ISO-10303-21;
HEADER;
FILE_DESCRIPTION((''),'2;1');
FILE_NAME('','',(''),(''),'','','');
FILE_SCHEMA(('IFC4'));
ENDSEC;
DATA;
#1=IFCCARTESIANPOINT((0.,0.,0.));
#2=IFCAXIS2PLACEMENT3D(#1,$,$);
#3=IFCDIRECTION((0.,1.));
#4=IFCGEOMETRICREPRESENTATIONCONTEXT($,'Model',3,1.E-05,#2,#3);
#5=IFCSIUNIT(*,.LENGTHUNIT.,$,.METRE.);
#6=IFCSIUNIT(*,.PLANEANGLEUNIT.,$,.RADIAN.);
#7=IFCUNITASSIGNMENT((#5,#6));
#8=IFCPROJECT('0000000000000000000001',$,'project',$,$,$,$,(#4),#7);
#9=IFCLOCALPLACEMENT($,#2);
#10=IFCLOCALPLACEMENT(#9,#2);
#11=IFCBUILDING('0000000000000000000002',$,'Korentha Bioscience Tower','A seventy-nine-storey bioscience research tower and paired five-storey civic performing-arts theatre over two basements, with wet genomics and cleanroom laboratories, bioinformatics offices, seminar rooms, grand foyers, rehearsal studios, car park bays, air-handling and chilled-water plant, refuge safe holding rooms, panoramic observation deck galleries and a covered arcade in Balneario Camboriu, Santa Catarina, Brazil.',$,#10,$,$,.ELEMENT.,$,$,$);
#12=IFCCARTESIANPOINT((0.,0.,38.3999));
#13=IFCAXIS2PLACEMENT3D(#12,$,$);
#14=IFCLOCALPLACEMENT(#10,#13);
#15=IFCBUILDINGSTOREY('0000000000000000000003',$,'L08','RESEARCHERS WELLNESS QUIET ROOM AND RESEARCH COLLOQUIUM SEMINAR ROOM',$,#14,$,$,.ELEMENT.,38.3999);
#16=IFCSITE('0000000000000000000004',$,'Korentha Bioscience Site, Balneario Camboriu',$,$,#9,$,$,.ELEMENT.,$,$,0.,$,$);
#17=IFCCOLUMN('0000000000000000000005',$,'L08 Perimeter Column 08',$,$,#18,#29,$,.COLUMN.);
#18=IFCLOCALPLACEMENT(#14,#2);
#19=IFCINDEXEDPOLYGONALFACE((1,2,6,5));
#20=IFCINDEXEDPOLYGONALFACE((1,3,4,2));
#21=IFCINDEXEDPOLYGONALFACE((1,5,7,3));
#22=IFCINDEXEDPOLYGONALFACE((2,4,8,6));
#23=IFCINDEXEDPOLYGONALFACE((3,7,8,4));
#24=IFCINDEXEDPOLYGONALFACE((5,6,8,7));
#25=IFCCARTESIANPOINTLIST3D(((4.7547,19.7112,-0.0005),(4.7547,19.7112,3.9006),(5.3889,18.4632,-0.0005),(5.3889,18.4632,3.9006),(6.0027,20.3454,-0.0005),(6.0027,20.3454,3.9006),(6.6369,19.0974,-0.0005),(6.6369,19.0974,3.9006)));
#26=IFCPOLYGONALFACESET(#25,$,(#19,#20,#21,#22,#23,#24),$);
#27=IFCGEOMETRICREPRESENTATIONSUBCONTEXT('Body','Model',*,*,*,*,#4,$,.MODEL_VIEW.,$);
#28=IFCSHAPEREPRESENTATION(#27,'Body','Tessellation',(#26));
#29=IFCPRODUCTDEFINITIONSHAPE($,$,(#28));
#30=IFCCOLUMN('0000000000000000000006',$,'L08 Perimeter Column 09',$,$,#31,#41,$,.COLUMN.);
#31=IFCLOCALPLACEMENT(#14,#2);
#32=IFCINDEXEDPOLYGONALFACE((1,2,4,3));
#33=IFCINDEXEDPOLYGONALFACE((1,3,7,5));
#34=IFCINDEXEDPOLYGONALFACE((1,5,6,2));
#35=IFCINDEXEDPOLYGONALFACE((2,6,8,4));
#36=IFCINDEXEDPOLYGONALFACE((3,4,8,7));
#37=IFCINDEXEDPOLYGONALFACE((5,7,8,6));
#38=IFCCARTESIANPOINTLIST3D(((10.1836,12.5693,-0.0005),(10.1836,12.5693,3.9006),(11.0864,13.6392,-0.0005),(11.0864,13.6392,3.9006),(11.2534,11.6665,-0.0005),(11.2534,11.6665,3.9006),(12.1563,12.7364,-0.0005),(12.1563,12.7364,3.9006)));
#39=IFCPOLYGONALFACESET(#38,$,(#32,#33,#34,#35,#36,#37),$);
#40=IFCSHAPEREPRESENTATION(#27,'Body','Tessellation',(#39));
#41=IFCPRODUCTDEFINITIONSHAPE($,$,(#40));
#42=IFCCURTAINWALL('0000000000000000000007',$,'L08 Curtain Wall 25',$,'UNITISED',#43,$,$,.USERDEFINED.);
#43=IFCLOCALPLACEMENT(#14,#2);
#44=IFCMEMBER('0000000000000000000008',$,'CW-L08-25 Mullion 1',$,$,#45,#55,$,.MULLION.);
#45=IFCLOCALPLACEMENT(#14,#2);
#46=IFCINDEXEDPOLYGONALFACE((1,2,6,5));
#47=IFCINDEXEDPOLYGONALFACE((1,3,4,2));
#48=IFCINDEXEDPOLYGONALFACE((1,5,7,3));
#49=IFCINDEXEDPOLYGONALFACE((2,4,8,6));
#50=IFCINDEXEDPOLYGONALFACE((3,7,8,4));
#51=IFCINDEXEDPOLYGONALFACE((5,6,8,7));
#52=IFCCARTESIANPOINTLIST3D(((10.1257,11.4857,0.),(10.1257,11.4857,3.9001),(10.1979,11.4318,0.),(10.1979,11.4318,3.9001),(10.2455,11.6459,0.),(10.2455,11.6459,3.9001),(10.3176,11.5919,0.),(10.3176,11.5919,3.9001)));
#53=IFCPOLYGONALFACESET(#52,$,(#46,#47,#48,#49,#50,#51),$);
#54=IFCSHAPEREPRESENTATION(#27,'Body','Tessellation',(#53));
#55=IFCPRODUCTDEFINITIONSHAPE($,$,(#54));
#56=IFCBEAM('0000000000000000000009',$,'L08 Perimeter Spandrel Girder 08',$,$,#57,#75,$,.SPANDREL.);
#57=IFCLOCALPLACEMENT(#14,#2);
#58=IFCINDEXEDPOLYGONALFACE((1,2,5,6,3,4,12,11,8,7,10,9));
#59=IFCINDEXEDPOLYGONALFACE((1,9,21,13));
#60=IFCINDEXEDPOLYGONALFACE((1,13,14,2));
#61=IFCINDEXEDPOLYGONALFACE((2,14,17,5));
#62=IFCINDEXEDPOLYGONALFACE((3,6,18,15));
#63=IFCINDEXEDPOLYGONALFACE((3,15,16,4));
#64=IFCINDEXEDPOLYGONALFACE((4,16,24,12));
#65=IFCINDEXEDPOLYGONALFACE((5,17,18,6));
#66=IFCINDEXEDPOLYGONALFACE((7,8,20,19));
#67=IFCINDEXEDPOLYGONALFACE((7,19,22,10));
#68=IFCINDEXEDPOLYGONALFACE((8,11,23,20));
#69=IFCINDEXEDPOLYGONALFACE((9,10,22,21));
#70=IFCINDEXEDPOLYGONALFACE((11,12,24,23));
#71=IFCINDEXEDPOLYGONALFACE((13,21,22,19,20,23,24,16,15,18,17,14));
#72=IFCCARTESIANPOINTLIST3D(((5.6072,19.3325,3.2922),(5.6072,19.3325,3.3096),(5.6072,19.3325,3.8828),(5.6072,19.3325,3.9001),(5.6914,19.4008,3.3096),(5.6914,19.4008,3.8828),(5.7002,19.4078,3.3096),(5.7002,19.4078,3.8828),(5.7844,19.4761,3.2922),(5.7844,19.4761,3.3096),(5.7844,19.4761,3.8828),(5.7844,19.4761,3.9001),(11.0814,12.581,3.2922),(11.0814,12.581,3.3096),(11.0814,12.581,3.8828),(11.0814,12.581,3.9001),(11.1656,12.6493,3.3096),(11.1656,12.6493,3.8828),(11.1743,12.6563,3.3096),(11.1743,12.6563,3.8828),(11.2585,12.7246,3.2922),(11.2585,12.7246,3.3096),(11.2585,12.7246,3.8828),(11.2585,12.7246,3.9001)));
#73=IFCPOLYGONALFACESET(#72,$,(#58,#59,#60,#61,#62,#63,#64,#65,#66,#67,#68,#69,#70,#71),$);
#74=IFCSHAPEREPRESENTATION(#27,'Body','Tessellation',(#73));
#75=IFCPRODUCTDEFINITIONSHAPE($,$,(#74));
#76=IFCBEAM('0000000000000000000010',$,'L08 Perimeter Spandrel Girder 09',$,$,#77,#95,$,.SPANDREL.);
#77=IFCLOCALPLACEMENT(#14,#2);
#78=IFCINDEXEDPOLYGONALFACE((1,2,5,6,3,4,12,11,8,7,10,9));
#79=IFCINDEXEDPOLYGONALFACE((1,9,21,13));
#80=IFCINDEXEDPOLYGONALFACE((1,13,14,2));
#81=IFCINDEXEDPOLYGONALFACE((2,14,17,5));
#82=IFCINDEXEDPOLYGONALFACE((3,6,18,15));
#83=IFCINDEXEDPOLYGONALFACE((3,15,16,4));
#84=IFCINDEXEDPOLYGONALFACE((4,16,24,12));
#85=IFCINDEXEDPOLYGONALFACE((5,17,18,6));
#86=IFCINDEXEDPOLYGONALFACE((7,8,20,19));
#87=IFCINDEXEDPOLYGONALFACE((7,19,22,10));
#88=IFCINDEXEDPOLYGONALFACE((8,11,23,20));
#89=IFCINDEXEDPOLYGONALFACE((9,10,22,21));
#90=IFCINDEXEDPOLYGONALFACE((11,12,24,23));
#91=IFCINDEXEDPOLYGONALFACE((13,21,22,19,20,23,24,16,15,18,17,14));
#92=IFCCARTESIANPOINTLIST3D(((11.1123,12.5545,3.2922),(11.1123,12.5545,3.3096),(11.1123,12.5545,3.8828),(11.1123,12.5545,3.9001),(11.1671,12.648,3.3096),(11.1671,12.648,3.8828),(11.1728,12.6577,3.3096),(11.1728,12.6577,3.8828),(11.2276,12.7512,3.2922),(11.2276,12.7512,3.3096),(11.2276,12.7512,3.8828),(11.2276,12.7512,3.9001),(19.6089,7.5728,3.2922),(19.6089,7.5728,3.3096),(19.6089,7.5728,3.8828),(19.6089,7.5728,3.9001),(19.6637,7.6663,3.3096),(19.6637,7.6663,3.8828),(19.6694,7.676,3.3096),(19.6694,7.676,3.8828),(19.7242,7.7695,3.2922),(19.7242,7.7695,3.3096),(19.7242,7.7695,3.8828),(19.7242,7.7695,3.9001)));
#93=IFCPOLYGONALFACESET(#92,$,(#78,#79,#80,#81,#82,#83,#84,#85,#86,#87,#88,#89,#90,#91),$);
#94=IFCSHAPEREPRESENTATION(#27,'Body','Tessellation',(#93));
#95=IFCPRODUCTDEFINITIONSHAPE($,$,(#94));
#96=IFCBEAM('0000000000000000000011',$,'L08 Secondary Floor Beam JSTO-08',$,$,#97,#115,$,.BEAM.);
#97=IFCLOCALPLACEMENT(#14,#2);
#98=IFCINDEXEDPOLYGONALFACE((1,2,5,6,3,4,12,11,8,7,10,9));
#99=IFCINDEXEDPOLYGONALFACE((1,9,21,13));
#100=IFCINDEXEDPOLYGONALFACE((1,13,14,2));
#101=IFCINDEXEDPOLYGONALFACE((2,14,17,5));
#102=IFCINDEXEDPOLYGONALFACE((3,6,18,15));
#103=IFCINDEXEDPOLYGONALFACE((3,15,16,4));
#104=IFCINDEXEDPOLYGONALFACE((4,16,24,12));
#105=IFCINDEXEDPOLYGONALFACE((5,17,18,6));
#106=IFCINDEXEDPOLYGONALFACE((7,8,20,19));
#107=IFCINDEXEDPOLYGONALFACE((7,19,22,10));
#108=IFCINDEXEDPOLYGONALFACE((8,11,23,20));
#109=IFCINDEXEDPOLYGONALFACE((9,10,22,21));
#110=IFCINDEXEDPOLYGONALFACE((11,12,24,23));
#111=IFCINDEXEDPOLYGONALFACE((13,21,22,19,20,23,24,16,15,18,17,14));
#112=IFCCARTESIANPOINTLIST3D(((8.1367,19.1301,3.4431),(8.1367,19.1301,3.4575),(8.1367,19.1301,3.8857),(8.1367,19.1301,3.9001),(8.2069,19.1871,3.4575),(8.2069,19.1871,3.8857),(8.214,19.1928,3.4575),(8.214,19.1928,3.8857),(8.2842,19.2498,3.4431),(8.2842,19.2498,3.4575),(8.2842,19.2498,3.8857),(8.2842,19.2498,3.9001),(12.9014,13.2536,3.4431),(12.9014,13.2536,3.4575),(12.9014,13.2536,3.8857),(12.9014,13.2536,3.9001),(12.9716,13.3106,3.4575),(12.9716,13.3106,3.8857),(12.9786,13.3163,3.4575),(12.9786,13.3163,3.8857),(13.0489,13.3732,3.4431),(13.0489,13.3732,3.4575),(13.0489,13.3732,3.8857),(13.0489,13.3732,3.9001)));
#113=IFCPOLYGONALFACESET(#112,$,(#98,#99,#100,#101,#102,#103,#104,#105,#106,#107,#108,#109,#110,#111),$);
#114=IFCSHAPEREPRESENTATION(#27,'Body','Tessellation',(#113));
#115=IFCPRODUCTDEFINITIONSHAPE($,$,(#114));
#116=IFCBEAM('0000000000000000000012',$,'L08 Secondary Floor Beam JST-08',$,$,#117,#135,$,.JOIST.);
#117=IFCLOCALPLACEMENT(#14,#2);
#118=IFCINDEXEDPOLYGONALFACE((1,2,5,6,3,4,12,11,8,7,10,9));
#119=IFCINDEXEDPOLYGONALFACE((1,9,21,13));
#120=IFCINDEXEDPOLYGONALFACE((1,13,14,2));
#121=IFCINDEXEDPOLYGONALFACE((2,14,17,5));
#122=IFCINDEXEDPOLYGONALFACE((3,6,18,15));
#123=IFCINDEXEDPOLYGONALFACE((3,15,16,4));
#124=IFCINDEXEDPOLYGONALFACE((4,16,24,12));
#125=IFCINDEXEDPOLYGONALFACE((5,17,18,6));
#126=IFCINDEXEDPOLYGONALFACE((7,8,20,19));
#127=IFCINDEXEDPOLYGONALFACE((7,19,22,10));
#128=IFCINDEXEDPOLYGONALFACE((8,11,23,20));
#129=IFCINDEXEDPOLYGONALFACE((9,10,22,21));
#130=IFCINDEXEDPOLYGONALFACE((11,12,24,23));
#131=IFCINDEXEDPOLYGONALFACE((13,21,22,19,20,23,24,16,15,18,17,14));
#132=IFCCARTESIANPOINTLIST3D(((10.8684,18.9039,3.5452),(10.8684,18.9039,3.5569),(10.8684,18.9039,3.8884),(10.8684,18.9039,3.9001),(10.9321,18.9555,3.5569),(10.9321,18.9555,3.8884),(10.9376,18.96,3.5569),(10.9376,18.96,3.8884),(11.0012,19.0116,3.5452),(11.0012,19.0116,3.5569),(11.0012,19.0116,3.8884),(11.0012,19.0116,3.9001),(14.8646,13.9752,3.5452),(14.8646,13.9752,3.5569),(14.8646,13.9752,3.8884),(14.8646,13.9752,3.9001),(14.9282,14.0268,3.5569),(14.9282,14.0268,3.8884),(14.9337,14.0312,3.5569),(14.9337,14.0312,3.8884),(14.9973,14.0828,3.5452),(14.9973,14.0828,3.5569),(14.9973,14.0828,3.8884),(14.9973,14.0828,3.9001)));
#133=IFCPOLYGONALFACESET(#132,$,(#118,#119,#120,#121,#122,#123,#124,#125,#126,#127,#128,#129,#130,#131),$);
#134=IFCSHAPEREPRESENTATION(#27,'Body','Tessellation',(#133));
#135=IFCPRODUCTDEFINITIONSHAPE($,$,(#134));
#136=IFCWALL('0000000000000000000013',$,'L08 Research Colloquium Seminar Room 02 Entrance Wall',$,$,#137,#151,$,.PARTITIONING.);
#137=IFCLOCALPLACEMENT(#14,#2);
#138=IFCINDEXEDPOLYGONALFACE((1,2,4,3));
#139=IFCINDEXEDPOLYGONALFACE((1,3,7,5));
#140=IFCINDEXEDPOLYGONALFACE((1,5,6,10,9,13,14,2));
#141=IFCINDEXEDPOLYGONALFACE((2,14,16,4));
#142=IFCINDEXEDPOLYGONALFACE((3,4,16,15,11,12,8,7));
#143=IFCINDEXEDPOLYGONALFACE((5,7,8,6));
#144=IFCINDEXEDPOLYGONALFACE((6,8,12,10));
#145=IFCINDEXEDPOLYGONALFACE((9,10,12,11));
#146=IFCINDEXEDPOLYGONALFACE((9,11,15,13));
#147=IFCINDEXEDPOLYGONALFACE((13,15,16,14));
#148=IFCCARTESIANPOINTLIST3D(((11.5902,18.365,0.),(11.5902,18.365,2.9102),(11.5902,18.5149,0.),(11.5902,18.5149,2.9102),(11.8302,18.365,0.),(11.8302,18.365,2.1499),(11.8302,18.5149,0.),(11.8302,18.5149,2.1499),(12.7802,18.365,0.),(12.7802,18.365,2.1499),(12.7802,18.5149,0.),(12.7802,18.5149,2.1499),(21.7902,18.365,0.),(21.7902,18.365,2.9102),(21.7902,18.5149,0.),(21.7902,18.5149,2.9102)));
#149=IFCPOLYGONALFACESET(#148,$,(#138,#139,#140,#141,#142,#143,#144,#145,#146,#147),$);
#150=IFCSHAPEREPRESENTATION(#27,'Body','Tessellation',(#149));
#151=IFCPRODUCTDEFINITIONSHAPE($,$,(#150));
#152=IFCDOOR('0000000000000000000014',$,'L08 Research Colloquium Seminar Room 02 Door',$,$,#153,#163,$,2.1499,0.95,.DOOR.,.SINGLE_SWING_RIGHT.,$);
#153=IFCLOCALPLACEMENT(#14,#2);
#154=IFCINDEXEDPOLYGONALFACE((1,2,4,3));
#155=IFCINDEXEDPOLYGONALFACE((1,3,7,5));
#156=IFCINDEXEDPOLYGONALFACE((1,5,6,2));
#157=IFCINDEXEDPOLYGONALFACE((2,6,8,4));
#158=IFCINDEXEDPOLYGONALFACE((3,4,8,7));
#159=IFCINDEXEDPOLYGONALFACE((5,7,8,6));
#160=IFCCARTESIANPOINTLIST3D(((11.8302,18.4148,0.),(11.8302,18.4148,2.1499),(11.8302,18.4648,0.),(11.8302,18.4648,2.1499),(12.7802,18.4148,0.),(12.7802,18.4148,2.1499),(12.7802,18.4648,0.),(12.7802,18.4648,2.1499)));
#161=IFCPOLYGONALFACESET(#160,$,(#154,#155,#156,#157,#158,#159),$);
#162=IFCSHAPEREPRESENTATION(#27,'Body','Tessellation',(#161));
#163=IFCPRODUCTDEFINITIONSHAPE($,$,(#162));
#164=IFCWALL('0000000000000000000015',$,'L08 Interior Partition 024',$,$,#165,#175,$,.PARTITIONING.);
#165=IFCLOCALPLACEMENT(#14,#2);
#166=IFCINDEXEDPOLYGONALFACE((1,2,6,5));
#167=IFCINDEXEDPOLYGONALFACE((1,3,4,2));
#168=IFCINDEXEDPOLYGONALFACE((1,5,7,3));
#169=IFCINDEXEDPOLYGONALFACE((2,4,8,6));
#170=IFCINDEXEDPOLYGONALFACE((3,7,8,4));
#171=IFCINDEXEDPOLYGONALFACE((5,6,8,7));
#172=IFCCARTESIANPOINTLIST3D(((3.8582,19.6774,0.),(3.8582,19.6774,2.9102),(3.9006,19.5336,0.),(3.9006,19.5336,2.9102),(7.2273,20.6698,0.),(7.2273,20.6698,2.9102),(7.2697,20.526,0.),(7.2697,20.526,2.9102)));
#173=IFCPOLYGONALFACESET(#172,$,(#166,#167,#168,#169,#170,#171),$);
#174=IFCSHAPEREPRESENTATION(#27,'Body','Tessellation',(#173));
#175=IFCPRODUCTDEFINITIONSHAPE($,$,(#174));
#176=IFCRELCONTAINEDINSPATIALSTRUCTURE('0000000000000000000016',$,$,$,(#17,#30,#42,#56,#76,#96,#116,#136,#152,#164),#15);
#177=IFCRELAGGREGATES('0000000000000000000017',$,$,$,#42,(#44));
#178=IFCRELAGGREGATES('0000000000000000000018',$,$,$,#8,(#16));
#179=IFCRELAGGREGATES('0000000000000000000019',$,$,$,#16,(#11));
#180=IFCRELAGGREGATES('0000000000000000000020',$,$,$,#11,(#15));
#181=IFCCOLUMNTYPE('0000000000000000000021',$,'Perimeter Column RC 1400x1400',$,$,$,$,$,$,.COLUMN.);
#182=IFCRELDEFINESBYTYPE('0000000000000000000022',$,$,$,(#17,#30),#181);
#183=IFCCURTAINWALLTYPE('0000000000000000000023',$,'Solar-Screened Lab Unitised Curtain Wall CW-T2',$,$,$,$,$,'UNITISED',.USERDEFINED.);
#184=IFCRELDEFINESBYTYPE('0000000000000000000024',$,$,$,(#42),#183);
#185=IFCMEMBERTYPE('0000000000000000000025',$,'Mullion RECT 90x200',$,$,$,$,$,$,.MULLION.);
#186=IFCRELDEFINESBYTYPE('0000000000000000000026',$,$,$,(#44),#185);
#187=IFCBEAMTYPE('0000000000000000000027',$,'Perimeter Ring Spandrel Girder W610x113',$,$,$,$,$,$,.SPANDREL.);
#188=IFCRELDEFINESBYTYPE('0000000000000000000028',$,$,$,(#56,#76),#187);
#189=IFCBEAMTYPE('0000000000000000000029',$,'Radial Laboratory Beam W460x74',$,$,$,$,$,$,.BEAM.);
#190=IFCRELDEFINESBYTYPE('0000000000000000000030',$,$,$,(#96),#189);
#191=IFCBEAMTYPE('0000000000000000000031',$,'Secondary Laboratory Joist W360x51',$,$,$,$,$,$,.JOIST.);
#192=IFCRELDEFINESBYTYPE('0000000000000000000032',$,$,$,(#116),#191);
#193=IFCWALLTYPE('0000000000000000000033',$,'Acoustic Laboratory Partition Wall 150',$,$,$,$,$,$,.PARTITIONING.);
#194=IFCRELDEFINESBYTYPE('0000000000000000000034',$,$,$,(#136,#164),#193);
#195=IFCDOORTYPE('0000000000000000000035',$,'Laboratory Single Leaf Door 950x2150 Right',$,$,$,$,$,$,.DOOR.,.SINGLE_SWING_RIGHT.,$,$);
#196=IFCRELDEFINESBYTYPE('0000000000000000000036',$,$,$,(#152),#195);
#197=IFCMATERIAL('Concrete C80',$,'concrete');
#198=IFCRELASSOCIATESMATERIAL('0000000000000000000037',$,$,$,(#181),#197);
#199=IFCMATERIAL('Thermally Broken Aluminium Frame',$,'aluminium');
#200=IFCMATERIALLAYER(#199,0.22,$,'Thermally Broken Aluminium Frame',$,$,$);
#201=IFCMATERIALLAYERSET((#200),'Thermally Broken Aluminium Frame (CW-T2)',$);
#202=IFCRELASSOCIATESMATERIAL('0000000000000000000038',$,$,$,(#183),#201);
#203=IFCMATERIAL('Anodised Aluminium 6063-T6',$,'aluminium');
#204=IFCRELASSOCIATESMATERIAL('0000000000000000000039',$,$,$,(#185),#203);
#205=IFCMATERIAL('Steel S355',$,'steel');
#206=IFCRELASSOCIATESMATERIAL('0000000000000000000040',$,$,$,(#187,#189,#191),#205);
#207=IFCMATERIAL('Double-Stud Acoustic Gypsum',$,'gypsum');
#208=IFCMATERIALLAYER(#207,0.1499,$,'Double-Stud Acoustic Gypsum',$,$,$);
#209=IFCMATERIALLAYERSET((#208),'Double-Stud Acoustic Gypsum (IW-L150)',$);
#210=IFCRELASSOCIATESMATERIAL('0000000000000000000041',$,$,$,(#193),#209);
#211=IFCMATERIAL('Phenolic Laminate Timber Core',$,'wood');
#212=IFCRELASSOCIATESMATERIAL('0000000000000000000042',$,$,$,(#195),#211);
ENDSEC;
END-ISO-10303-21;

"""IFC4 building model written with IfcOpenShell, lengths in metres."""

from ifc_helpers import new_model, si_unit, direction, frame, frame_2d, origin, origin_2d, place, context, subcontext, project, spatial, rectangle, i_section, extrude, material, layer, layer_set, material_profile, profile_set, type_object, element, fill, aggregate, save


model = new_model("IFC4")

# Units and contexts
model_context = context("Model", 3, precision=1e-05, world=origin(), true_north=direction((0.0, 1.0)))
body_context = subcontext(model_context, "Body", "Model", "MODEL_VIEW")
ifc_project = project(units=[si_unit("LENGTHUNIT", "METRE"), si_unit("PLANEANGLEUNIT", "RADIAN")], contexts=[model_context])

# Site, building, storey
site_placement = place(None, origin())
site = spatial("IfcSite", under=ifc_project, at=site_placement, Name="Korentha Bioscience Site, Balneario Camboriu", CompositionType="ELEMENT", RefElevation=0.0)
building_placement = place(site_placement, origin())
building = spatial("IfcBuilding", under=site, at=building_placement, Name="Korentha Bioscience Tower", Description="A seventy-nine-storey bioscience research tower and paired five-storey civic performing-arts theatre over two basements, with wet genomics and cleanroom laboratories, bioinformatics offices, seminar rooms, grand foyers, rehearsal studios, car park bays, air-handling and chilled-water plant, refuge safe holding rooms, panoramic observation deck galleries and a covered arcade in Balneario Camboriu, Santa Catarina, Brazil.", CompositionType="ELEMENT")
storey_placement = place(building_placement, frame((0.0, 0.0, 38.3999)))
storey = spatial("IfcBuildingStorey", under=building, at=storey_placement, Name="L08", Description="RESEARCHERS WELLNESS QUIET ROOM AND RESEARCH COLLOQUIUM SEMINAR ROOM", CompositionType="ELEMENT", Elevation=38.3999)

# Columns
ifc_material_1 = material(Name="Concrete C80", Category="concrete")
ifc_material_profile_1 = material_profile(ifc_material_1, rectangle(XDim=1.3999, YDim=1.3999, at=origin_2d()), Name="Concrete C80")
ifc_profile_set_1 = profile_set([ifc_material_profile_1], Name="Concrete C80 (COL-P14)")
column_type = type_object("IfcColumnType", Name="Perimeter Column RC 1400x1400", PredefinedType="COLUMN", material=ifc_profile_set_1)
for number, where, z_axis, x_axis, name in (
    (1, (5.6958, 19.4043, -0.0005), (0.0, 0.0, 1.0), (-0.453057, 0.891481, 0.0), "L08 Perimeter Column 08"),
    (2, (11.1699, 12.6528, -0.0005), (0.0, 0.0, 1.0), (-0.764246, 0.644924, 0.0), "L08 Perimeter Column 09"),
):
    element("IfcColumn", number, at=place(storey_placement, frame(where, z_axis=z_axis, x_axis=x_axis)), inside=storey, type_object=column_type, Name=name, PredefinedType="COLUMN", context=body_context, shape_type="SweptSolid", body=[
        extrude(rectangle(XDim=1.3999, YDim=1.3999, at=origin_2d()), origin(), (0.0, 0.0, 1.0), 3.9011),
    ])

# Curtain wall, member
ifc_material_2 = material(Name="Thermally Broken Aluminium Frame", Category="aluminium")
ifc_layer_1 = layer(ifc_material_2, 0.22, Name="Thermally Broken Aluminium Frame")
ifc_layer_set_1 = layer_set([ifc_layer_1], Name="Thermally Broken Aluminium Frame (CW-T2)")
curtain_wall_type = type_object("IfcCurtainWallType", Name="Solar-Screened Lab Unitised Curtain Wall CW-T2", ElementType="UNITISED", PredefinedType="USERDEFINED", material=ifc_layer_set_1)
curtain_wall_placement = place(storey_placement, origin())
curtain_wall = element("IfcCurtainWall", 3, at=curtain_wall_placement, inside=storey, type_object=curtain_wall_type, Name="L08 Curtain Wall 25", ObjectType="UNITISED", PredefinedType="USERDEFINED")
ifc_material_3 = material(Name="Anodised Aluminium 6063-T6", Category="aluminium")
ifc_material_profile_2 = material_profile(ifc_material_3, rectangle(XDim=0.0901, YDim=0.2, at=origin_2d()), Name="Anodised Aluminium 6063-T6")
ifc_profile_set_2 = profile_set([ifc_material_profile_2], Name="Anodised Aluminium 6063-T6 (CW-MUL)")
member_type = type_object("IfcMemberType", Name="Mullion RECT 90x200", PredefinedType="MULLION", material=ifc_profile_set_2)
member_placement = place(storey_placement, frame((10.2217, 11.5388, 0.0), z_axis=(0.0, 0.0, 1.0), x_axis=(0.800798, -0.598935, 0.0)))
member = element("IfcMember", 4, at=member_placement, type_object=member_type, Name="CW-L08-25 Mullion 1", PredefinedType="MULLION", context=body_context, shape_type="SweptSolid", body=[
    extrude(rectangle(XDim=0.0901, YDim=0.2, at=origin_2d()), origin(), (0.0, 0.0, 1.0), 3.9001),
])
aggregate(curtain_wall, [member])

# Beams
ifc_material_4 = material(Name="Steel S355", Category="steel")
ifc_material_profile_3 = material_profile(ifc_material_4, i_section(OverallWidth=0.228, OverallDepth=0.6079, WebThickness=0.0112, FlangeThickness=0.0173, at=origin_2d()), Name="Steel S355")
ifc_profile_set_3 = profile_set([ifc_material_profile_3], Name="Steel S355 (SB-610)")
beam_type_1 = type_object("IfcBeamType", Name="Perimeter Ring Spandrel Girder W610x113", PredefinedType="SPANDREL", material=ifc_profile_set_3)
beam_1_placement = place(storey_placement, frame((5.6958, 19.4043, 3.5962), z_axis=(0.629799, -0.776758, 0.0), x_axis=(0.776758, 0.629799, 0.0)))
element("IfcBeam", 5, at=beam_1_placement, inside=storey, type_object=beam_type_1, Name="L08 Perimeter Spandrel Girder 08", PredefinedType="SPANDREL", context=body_context, shape_type="SweptSolid", body=[
    extrude(i_section(OverallWidth=0.228, OverallDepth=0.6079, WebThickness=0.0112, FlangeThickness=0.0173, at=origin_2d()), origin(), (0.0, 0.0, 1.0), 8.6919),
])
beam_2_placement = place(storey_placement, frame((11.1699, 12.6528, 3.5962), z_axis=(0.862657, -0.50579, 0.0), x_axis=(0.50579, 0.862657, 0.0)))
element("IfcBeam", 6, at=beam_2_placement, inside=storey, type_object=beam_type_1, Name="L08 Perimeter Spandrel Girder 09", PredefinedType="SPANDREL", context=body_context, shape_type="SweptSolid", body=[
    extrude(i_section(OverallWidth=0.228, OverallDepth=0.6079, WebThickness=0.0112, FlangeThickness=0.0173, at=origin_2d()), origin(), (0.0, 0.0, 1.0), 9.8494),
])
ifc_material_profile_4 = material_profile(ifc_material_4, i_section(OverallWidth=0.1899, OverallDepth=0.457, WebThickness=0.009, FlangeThickness=0.0144, at=origin_2d()), Name="Steel S355")
ifc_profile_set_4 = profile_set([ifc_material_profile_4], Name="Steel S355 (RB-460)")
beam_type_2 = type_object("IfcBeamType", Name="Radial Laboratory Beam W460x74", PredefinedType="BEAM", material=ifc_profile_set_4)
beam_3_placement = place(storey_placement, frame((8.2104, 19.1899, 3.6716), z_axis=(0.629798, -0.776759, 0.0), x_axis=(0.776759, 0.629798, 0.0)))
element("IfcBeam", 7, at=beam_3_placement, inside=storey, type_object=beam_type_2, Name="L08 Secondary Floor Beam JSTO-08", PredefinedType="BEAM", context=body_context, shape_type="SweptSolid", body=[
    extrude(i_section(OverallWidth=0.1899, OverallDepth=0.457, WebThickness=0.009, FlangeThickness=0.0144, at=origin_2d()), origin(), (0.0, 0.0, 1.0), 7.5654),
])
ifc_material_profile_5 = material_profile(ifc_material_4, i_section(OverallWidth=0.1709, OverallDepth=0.355, WebThickness=0.0071, FlangeThickness=0.0117, at=origin_2d()), Name="Steel S355")
ifc_profile_set_5 = profile_set([ifc_material_profile_5], Name="Steel S355 (JB-360)")
beam_type_3 = type_object("IfcBeamType", Name="Secondary Laboratory Joist W360x51", PredefinedType="JOIST", material=ifc_profile_set_5)
beam_4_placement = place(storey_placement, frame((10.9348, 18.9578, 3.7227), z_axis=(0.629787, -0.776768, 0.0), x_axis=(0.776768, 0.629787, 0.0)))
element("IfcBeam", 8, at=beam_4_placement, inside=storey, type_object=beam_type_3, Name="L08 Secondary Floor Beam JST-08", PredefinedType="JOIST", context=body_context, shape_type="SweptSolid", body=[
    extrude(i_section(OverallWidth=0.1709, OverallDepth=0.355, WebThickness=0.0071, FlangeThickness=0.0117, at=origin_2d()), origin(), (0.0, 0.0, 1.0), 6.3452),
])

# Wall, opening, door
ifc_material_5 = material(Name="Double-Stud Acoustic Gypsum", Category="gypsum")
ifc_layer_2 = layer(ifc_material_5, 0.1499, Name="Double-Stud Acoustic Gypsum")
ifc_layer_set_2 = layer_set([ifc_layer_2], Name="Double-Stud Acoustic Gypsum (IW-L150)")
wall_type_1 = type_object("IfcWallType", Name="Acoustic Laboratory Partition Wall 150", PredefinedType="PARTITIONING", material=ifc_layer_set_2)
wall_1_placement = place(storey_placement, frame((11.5901, 18.4399, 0.0), z_axis=(0.0, 0.0, 1.0), x_axis=(1.0, 0.0, 0.0)))
wall_1 = element("IfcWall", 9, at=wall_1_placement, inside=storey, type_object=wall_type_1, Name="L08 Research Colloquium Seminar Room 02 Entrance Wall", PredefinedType="PARTITIONING", context=body_context, shape_type="SweptSolid", body=[
    extrude(rectangle(XDim=10.2, YDim=0.1499, at=frame_2d((5.1001, 0.0))), origin(), (0.0, 0.0, 1.0), 2.9102),
])
opening_1_placement = place(wall_1_placement, frame((0.24, 0.0, 0.0)))
opening_1 = element("IfcOpeningElement", 10, at=opening_1_placement, cuts=wall_1, PredefinedType="OPENING", context=body_context, shape_type="SweptSolid", body=[
    extrude(rectangle(XDim=0.95, YDim=2.1499, at=frame_2d((0.4751, 1.075))), frame((0.0, 0.0898, 0.0), z_axis=(0.0, -1.0, 0.0), x_axis=(1.0, 0.0, 0.0)), (0.0, 0.0, 1.0), 0.1797),
])
ifc_material_6 = material(Name="Phenolic Laminate Timber Core", Category="wood")
door_type = type_object("IfcDoorType", Name="Laboratory Single Leaf Door 950x2150 Right", OperationType="SINGLE_SWING_RIGHT", PredefinedType="DOOR", material=ifc_material_6)
door_placement = place(opening_1_placement, origin())
door = element("IfcDoor", 11, at=door_placement, inside=storey, type_object=door_type, Name="L08 Research Colloquium Seminar Room 02 Door", OperationType="SINGLE_SWING_RIGHT", OverallHeight=2.1499, OverallWidth=0.95, PredefinedType="DOOR", context=body_context, shape_type="SweptSolid", body=[
    extrude(rectangle(XDim=0.95, YDim=2.1499, at=frame_2d((0.4751, 1.075))), frame((0.0, 0.0249, 0.0), z_axis=(0.0, -1.0, 0.0), x_axis=(1.0, 0.0, 0.0)), (0.0, 0.0, 1.0), 0.05),
])
fill(opening_1, door)

# Wall
wall_2_placement = place(storey_placement, frame((3.8794, 19.6055, 0.0), z_axis=(0.0, 0.0, 1.0), x_axis=(0.959249, 0.282561, 0.0)))
element("IfcWall", 12, at=wall_2_placement, inside=storey, type_object=wall_type_1, Name="L08 Interior Partition 024", PredefinedType="PARTITIONING", context=body_context, shape_type="SweptSolid", body=[
    extrude(rectangle(XDim=3.5122, YDim=0.1499, at=frame_2d((1.7561, 0.0))), origin(), (0.0, 0.0, 1.0), 2.9102),
])

save(model, "model.ifc")
